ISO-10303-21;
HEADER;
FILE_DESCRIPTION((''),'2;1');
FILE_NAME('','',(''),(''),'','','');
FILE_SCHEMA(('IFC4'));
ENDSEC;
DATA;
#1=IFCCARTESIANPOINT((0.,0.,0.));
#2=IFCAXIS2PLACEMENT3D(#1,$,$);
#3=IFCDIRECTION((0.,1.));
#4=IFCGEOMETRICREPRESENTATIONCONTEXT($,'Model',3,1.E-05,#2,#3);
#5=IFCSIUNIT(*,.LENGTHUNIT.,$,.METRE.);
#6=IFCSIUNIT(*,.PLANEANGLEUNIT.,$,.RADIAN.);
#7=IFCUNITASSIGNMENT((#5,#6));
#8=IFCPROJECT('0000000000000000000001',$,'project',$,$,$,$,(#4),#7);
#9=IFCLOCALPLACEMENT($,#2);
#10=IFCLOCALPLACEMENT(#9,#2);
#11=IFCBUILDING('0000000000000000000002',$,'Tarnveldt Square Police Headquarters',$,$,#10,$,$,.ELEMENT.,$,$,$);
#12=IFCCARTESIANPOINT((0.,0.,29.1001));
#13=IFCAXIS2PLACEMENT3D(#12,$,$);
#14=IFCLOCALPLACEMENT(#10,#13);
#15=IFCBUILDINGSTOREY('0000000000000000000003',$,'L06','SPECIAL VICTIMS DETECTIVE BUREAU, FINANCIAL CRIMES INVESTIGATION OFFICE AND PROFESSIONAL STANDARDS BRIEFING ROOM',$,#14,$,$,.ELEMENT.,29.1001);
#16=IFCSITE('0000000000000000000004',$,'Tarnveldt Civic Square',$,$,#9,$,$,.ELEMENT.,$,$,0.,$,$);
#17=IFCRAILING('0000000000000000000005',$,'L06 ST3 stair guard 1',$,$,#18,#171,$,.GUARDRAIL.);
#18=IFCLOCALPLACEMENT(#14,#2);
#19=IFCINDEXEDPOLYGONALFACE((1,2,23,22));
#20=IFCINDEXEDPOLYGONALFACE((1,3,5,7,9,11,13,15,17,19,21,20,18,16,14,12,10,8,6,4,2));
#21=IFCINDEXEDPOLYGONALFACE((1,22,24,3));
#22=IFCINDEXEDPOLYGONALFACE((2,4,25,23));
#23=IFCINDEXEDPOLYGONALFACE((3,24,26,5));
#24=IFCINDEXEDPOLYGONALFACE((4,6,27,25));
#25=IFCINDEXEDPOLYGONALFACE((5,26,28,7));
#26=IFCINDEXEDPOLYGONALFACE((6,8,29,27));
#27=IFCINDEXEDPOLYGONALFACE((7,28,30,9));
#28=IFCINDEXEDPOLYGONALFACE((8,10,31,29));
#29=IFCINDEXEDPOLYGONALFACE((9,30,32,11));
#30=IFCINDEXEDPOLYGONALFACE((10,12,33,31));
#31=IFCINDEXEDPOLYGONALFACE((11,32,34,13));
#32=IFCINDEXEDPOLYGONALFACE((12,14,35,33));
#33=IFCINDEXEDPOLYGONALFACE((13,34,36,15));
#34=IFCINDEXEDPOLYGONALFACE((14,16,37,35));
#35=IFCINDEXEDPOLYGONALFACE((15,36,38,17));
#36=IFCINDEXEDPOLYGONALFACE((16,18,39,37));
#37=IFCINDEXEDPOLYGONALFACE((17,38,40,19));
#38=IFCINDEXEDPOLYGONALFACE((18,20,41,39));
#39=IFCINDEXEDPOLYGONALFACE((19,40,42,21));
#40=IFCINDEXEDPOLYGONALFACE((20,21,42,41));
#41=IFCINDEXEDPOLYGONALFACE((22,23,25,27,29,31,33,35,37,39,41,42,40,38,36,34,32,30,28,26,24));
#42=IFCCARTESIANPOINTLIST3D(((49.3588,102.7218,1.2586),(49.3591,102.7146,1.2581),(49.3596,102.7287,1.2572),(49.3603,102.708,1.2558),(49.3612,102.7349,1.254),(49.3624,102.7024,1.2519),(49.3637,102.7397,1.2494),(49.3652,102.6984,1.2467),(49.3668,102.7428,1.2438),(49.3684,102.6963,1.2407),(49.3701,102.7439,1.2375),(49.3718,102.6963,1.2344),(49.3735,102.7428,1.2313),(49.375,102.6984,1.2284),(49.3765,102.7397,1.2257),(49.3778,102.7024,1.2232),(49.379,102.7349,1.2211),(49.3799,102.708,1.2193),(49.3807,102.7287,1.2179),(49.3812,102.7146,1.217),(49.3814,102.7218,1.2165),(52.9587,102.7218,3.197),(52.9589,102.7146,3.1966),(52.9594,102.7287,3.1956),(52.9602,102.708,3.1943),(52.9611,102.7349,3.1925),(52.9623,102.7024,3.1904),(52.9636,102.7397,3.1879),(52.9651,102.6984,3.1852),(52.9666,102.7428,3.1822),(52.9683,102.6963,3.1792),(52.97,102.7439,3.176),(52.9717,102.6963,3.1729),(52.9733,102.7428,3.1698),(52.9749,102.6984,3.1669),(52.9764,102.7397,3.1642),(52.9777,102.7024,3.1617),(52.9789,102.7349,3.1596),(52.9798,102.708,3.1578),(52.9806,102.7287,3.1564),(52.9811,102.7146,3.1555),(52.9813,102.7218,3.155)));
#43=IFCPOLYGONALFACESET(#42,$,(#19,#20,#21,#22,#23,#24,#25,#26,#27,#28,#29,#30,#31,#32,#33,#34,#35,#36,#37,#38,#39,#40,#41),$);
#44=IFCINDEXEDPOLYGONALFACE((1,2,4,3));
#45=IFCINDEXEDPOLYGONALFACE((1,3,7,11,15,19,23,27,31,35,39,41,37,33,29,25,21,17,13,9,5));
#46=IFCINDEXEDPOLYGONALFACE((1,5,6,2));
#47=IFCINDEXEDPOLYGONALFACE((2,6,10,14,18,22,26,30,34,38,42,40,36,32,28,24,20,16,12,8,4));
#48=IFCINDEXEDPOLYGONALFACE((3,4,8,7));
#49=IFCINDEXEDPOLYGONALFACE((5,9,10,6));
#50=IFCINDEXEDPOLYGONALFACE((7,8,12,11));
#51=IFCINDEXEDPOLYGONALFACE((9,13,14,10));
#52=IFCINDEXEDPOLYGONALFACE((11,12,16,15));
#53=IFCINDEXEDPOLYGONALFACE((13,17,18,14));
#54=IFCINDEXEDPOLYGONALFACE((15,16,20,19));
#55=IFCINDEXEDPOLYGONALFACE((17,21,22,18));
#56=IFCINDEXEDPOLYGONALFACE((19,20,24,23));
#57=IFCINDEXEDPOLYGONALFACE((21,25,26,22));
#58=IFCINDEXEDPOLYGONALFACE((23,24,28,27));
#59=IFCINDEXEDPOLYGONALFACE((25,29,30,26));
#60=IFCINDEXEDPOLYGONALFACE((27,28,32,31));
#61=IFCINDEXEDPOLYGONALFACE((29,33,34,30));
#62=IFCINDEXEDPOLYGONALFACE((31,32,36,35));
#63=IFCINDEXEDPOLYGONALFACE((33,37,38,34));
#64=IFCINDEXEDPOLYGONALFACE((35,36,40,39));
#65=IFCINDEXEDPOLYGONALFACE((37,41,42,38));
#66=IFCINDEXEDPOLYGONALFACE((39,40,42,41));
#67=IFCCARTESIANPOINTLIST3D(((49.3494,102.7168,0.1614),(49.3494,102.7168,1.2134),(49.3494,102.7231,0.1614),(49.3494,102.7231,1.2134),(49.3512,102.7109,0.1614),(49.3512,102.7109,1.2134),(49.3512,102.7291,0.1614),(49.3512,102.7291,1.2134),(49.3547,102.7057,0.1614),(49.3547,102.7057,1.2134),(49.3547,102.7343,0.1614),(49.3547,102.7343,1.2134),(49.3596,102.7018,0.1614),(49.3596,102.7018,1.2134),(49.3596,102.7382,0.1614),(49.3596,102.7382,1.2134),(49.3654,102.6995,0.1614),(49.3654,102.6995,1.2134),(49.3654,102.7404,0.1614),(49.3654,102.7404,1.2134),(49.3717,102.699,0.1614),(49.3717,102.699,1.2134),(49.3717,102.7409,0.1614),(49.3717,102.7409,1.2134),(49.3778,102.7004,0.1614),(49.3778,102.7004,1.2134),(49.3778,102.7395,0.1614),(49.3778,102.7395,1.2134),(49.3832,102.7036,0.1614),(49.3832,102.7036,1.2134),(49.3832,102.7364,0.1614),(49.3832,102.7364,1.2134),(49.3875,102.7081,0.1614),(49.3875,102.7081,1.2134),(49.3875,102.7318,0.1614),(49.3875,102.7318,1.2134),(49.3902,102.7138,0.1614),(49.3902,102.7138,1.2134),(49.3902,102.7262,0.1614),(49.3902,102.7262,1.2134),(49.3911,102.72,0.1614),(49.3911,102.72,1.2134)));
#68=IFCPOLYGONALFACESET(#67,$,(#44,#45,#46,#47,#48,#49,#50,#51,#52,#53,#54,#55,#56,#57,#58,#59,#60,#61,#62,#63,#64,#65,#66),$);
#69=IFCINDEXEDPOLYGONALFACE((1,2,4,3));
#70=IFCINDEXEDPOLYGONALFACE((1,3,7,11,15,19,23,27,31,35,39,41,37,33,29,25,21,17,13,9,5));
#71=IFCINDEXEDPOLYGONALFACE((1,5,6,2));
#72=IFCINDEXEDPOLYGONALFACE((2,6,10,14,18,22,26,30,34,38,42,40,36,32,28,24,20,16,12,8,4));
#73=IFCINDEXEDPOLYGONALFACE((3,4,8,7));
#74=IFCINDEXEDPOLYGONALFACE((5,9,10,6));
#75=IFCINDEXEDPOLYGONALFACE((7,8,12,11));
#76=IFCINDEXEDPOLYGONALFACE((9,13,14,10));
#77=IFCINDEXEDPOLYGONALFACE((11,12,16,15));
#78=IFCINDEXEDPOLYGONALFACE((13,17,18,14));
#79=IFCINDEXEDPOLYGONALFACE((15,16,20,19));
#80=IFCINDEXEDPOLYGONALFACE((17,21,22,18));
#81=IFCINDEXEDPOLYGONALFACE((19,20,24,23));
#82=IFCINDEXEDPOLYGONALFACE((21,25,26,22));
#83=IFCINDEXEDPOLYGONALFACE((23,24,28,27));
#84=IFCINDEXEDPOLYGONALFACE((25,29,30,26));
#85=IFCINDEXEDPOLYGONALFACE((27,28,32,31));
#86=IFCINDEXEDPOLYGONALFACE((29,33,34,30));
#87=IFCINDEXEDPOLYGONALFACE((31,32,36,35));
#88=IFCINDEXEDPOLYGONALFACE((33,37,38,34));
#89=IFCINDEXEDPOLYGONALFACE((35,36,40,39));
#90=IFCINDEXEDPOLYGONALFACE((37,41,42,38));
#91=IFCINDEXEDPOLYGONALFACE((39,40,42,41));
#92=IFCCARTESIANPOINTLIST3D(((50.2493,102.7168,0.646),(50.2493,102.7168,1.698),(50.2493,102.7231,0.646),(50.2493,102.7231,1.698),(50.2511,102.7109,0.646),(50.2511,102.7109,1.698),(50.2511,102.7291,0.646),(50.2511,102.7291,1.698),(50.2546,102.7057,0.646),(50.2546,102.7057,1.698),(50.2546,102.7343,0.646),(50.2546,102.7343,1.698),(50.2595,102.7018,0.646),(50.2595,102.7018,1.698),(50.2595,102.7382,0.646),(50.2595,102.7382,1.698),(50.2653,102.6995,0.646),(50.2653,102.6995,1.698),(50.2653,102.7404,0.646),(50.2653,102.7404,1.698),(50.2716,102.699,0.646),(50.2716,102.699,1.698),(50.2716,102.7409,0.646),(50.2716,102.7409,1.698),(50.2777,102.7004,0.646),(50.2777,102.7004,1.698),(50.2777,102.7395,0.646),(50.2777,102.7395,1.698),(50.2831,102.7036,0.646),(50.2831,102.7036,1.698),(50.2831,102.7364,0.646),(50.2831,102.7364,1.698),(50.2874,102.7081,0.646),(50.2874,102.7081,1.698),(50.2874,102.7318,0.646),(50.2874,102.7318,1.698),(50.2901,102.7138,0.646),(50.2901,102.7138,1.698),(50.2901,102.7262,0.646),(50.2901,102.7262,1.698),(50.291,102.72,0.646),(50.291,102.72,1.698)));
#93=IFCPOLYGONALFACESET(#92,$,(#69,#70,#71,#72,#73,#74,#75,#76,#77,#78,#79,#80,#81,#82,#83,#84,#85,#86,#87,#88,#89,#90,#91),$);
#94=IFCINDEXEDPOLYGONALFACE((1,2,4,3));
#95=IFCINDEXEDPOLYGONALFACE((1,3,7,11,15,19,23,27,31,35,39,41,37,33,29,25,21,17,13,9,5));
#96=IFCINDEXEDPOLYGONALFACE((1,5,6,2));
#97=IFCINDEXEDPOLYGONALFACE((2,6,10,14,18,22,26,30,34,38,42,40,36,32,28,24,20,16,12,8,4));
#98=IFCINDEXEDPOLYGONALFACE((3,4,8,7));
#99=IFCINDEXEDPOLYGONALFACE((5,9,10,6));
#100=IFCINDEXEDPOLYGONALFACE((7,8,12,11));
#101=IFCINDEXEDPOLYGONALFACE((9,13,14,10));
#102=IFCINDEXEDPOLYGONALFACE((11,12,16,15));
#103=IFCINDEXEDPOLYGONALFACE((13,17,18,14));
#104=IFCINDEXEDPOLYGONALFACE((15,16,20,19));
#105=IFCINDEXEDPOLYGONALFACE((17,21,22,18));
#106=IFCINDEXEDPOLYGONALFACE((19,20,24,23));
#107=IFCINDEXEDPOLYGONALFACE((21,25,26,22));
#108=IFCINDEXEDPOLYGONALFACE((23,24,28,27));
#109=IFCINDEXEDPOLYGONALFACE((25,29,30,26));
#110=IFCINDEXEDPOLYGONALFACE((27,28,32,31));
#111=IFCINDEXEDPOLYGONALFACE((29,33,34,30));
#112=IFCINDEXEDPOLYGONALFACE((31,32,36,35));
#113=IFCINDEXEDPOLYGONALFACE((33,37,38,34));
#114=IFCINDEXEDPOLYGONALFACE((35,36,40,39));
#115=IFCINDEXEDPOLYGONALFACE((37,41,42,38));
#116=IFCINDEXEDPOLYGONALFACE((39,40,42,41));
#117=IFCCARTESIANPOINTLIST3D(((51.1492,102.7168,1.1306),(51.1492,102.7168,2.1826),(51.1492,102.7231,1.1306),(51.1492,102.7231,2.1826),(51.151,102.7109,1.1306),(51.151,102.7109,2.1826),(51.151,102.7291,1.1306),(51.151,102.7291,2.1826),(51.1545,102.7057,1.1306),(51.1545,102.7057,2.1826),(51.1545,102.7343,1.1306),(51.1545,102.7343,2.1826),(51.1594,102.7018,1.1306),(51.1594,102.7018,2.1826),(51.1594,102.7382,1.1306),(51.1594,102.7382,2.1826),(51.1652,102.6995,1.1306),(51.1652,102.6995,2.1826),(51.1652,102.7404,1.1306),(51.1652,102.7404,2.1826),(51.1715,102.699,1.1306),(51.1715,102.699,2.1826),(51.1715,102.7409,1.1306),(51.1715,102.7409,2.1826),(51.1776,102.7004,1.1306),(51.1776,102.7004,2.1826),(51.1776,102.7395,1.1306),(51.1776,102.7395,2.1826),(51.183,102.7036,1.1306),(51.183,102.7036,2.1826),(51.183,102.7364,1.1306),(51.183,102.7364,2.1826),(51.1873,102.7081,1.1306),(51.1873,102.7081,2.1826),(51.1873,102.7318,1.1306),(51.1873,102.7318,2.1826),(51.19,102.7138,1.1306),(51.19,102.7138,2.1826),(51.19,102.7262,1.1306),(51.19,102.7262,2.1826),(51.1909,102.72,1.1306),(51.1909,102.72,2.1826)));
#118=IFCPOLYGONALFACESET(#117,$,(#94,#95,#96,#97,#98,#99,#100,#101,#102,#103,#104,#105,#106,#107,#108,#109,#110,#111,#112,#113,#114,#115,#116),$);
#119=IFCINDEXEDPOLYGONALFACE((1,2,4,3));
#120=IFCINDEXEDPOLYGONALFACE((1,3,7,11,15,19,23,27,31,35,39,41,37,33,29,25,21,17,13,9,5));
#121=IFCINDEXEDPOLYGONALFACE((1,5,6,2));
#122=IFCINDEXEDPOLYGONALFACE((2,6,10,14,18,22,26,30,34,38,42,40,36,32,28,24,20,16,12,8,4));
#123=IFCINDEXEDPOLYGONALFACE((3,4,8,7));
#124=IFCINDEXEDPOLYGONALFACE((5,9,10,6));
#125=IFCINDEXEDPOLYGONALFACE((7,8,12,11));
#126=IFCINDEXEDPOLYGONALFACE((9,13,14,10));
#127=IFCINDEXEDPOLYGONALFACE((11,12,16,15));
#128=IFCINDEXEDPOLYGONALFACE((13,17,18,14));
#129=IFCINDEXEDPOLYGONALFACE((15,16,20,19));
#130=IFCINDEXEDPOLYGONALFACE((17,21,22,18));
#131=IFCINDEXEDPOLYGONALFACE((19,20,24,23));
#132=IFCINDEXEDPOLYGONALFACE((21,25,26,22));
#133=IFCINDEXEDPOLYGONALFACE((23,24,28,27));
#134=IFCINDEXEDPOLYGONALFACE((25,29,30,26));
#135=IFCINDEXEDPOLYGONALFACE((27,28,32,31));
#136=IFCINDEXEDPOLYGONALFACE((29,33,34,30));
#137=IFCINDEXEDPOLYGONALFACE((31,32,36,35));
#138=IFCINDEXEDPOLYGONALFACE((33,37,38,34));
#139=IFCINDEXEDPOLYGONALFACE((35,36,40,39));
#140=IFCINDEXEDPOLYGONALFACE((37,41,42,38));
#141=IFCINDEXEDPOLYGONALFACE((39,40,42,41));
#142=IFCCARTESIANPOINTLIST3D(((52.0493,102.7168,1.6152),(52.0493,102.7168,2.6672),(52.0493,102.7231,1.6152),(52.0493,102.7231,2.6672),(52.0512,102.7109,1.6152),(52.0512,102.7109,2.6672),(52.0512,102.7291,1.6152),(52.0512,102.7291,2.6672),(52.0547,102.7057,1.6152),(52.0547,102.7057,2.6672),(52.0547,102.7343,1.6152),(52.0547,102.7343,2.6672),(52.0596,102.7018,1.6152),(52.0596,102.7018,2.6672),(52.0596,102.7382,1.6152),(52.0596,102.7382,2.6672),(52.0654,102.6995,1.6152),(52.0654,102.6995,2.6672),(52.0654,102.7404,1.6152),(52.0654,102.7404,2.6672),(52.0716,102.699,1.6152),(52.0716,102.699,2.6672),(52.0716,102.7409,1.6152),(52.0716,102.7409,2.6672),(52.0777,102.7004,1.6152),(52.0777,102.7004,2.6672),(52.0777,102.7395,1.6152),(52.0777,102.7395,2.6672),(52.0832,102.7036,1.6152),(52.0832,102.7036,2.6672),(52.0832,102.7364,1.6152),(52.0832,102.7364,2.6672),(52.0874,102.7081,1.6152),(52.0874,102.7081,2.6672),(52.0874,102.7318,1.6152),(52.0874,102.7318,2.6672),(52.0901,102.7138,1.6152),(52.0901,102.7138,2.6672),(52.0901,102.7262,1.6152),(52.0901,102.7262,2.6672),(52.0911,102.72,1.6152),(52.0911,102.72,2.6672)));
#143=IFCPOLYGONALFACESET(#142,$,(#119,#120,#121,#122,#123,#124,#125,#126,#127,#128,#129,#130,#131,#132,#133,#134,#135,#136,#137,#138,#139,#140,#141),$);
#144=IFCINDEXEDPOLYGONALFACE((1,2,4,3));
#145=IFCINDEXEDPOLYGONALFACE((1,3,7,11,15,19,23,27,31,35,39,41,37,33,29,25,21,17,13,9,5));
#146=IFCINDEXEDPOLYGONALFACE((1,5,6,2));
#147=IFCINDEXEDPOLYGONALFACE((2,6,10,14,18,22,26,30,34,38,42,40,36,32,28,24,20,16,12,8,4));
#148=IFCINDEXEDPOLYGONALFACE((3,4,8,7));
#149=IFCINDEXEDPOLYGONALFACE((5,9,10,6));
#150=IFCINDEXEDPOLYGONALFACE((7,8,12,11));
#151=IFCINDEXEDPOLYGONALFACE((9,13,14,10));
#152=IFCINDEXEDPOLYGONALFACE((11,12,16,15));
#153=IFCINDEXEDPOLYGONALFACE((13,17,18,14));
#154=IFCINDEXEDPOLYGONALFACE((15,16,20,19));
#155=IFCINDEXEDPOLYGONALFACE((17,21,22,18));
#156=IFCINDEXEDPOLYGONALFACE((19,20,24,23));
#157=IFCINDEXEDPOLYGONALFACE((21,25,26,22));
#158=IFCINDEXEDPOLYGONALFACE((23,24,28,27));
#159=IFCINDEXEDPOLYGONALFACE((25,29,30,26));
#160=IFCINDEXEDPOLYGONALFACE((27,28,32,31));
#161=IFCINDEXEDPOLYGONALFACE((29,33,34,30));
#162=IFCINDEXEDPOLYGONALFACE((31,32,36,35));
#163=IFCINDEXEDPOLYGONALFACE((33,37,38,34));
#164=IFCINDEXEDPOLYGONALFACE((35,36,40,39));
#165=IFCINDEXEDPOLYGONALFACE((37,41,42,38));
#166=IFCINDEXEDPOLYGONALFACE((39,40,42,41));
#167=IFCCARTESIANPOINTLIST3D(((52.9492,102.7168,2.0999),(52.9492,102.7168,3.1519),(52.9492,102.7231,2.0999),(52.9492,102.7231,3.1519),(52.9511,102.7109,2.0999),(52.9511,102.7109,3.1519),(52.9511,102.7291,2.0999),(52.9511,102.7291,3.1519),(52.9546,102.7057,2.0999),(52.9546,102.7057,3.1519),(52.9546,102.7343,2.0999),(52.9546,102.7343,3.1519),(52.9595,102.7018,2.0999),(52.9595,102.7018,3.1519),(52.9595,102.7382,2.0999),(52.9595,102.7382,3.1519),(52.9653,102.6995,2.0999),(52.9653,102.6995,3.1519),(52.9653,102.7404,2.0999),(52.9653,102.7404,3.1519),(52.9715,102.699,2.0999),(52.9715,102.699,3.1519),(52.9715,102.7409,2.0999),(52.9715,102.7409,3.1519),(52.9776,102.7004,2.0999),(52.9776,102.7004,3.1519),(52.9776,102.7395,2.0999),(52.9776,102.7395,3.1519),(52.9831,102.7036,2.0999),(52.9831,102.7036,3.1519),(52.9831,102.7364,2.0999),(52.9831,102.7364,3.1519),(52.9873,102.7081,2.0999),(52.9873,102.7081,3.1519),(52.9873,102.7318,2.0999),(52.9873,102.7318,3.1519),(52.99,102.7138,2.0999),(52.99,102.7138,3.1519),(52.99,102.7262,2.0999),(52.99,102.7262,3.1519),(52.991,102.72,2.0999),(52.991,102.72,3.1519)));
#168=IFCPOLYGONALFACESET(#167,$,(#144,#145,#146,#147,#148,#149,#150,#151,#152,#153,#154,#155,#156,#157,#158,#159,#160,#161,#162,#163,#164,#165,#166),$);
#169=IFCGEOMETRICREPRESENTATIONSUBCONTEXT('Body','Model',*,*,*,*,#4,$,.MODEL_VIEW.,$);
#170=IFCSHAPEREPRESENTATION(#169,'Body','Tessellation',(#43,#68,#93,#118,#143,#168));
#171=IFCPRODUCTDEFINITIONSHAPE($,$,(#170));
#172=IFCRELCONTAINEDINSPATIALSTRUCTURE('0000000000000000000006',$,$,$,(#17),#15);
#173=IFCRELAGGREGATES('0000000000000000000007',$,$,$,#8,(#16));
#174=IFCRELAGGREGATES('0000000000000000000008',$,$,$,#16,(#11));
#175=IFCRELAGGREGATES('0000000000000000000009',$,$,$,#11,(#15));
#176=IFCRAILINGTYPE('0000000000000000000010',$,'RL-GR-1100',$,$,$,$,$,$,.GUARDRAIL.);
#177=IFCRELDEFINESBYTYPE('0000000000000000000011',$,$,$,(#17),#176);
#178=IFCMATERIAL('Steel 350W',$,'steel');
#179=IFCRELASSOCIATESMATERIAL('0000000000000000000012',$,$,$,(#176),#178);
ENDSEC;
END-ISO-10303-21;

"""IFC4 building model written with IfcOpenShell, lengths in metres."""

from ifc_helpers import new_model, si_unit, direction, frame, origin, origin_2d, place, context, subcontext, project, spatial, circle, extrude, material, type_object, element, save


model = new_model("IFC4")

# Units and contexts
model_context = context("Model", 3, precision=1e-05, world=origin(), true_north=direction((0.0, 1.0)))
body_context = subcontext(model_context, "Body", "Model", "MODEL_VIEW")
ifc_project = project(units=[si_unit("LENGTHUNIT", "METRE"), si_unit("PLANEANGLEUNIT", "RADIAN")], contexts=[model_context])

# Site, building, storey
site_placement = place(None, origin())
site = spatial("IfcSite", under=ifc_project, at=site_placement, Name="Tarnveldt Civic Square", CompositionType="ELEMENT", RefElevation=0.0)
building_placement = place(site_placement, origin())
building = spatial("IfcBuilding", under=site, at=building_placement, Name="Tarnveldt Square Police Headquarters", CompositionType="ELEMENT")
storey_placement = place(building_placement, frame((0.0, 0.0, 29.1001)))
storey = spatial("IfcBuildingStorey", under=building, at=storey_placement, Name="L06", Description="SPECIAL VICTIMS DETECTIVE BUREAU, FINANCIAL CRIMES INVESTIGATION OFFICE AND PROFESSIONAL STANDARDS BRIEFING ROOM", CompositionType="ELEMENT", Elevation=29.1001)

# Shared definitions
ifc_material_1 = material(Name="Steel 350W", Category="steel")

# Railing
railing_type_1 = type_object("IfcRailingType", Name="RL-GR-1100", PredefinedType="GUARDRAIL", material=ifc_material_1)
railing_1_placement = place(storey_placement, frame((49.3701, 102.72, 0.1614)))
element("IfcRailing", 1, at=railing_1_placement, inside=storey, type_object=railing_type_1, Name="L06 ST3 stair guard 1", PredefinedType="GUARDRAIL", context=body_context, shape_type="SweptSolid", body=[
    extrude(circle(Radius=0.0239, at=origin_2d()), frame((0.0, 0.0, 1.0762), z_axis=(0.880462, 0.0, 0.474118), x_axis=(0.0, 1.0, 0.0)), (0.0, 0.0, 1.0), 4.0886),
    extrude(circle(Radius=0.021, at=origin_2d()), origin(), (0.0, 0.0, 1.0), 1.052),
    extrude(circle(Radius=0.021, at=origin_2d()), frame((0.8999, 0.0, 0.4846)), (0.0, 0.0, 1.0), 1.052),
    extrude(circle(Radius=0.021, at=origin_2d()), frame((1.7998, 0.0, 0.9692)), (0.0, 0.0, 1.0), 1.052),
    extrude(circle(Radius=0.021, at=origin_2d()), frame((2.7, 0.0, 1.4539)), (0.0, 0.0, 1.0), 1.052),
    extrude(circle(Radius=0.021, at=origin_2d()), frame((3.5999, 0.0, 1.9385)), (0.0, 0.0, 1.0), 1.052),
])

save(model, "model.ifc")
